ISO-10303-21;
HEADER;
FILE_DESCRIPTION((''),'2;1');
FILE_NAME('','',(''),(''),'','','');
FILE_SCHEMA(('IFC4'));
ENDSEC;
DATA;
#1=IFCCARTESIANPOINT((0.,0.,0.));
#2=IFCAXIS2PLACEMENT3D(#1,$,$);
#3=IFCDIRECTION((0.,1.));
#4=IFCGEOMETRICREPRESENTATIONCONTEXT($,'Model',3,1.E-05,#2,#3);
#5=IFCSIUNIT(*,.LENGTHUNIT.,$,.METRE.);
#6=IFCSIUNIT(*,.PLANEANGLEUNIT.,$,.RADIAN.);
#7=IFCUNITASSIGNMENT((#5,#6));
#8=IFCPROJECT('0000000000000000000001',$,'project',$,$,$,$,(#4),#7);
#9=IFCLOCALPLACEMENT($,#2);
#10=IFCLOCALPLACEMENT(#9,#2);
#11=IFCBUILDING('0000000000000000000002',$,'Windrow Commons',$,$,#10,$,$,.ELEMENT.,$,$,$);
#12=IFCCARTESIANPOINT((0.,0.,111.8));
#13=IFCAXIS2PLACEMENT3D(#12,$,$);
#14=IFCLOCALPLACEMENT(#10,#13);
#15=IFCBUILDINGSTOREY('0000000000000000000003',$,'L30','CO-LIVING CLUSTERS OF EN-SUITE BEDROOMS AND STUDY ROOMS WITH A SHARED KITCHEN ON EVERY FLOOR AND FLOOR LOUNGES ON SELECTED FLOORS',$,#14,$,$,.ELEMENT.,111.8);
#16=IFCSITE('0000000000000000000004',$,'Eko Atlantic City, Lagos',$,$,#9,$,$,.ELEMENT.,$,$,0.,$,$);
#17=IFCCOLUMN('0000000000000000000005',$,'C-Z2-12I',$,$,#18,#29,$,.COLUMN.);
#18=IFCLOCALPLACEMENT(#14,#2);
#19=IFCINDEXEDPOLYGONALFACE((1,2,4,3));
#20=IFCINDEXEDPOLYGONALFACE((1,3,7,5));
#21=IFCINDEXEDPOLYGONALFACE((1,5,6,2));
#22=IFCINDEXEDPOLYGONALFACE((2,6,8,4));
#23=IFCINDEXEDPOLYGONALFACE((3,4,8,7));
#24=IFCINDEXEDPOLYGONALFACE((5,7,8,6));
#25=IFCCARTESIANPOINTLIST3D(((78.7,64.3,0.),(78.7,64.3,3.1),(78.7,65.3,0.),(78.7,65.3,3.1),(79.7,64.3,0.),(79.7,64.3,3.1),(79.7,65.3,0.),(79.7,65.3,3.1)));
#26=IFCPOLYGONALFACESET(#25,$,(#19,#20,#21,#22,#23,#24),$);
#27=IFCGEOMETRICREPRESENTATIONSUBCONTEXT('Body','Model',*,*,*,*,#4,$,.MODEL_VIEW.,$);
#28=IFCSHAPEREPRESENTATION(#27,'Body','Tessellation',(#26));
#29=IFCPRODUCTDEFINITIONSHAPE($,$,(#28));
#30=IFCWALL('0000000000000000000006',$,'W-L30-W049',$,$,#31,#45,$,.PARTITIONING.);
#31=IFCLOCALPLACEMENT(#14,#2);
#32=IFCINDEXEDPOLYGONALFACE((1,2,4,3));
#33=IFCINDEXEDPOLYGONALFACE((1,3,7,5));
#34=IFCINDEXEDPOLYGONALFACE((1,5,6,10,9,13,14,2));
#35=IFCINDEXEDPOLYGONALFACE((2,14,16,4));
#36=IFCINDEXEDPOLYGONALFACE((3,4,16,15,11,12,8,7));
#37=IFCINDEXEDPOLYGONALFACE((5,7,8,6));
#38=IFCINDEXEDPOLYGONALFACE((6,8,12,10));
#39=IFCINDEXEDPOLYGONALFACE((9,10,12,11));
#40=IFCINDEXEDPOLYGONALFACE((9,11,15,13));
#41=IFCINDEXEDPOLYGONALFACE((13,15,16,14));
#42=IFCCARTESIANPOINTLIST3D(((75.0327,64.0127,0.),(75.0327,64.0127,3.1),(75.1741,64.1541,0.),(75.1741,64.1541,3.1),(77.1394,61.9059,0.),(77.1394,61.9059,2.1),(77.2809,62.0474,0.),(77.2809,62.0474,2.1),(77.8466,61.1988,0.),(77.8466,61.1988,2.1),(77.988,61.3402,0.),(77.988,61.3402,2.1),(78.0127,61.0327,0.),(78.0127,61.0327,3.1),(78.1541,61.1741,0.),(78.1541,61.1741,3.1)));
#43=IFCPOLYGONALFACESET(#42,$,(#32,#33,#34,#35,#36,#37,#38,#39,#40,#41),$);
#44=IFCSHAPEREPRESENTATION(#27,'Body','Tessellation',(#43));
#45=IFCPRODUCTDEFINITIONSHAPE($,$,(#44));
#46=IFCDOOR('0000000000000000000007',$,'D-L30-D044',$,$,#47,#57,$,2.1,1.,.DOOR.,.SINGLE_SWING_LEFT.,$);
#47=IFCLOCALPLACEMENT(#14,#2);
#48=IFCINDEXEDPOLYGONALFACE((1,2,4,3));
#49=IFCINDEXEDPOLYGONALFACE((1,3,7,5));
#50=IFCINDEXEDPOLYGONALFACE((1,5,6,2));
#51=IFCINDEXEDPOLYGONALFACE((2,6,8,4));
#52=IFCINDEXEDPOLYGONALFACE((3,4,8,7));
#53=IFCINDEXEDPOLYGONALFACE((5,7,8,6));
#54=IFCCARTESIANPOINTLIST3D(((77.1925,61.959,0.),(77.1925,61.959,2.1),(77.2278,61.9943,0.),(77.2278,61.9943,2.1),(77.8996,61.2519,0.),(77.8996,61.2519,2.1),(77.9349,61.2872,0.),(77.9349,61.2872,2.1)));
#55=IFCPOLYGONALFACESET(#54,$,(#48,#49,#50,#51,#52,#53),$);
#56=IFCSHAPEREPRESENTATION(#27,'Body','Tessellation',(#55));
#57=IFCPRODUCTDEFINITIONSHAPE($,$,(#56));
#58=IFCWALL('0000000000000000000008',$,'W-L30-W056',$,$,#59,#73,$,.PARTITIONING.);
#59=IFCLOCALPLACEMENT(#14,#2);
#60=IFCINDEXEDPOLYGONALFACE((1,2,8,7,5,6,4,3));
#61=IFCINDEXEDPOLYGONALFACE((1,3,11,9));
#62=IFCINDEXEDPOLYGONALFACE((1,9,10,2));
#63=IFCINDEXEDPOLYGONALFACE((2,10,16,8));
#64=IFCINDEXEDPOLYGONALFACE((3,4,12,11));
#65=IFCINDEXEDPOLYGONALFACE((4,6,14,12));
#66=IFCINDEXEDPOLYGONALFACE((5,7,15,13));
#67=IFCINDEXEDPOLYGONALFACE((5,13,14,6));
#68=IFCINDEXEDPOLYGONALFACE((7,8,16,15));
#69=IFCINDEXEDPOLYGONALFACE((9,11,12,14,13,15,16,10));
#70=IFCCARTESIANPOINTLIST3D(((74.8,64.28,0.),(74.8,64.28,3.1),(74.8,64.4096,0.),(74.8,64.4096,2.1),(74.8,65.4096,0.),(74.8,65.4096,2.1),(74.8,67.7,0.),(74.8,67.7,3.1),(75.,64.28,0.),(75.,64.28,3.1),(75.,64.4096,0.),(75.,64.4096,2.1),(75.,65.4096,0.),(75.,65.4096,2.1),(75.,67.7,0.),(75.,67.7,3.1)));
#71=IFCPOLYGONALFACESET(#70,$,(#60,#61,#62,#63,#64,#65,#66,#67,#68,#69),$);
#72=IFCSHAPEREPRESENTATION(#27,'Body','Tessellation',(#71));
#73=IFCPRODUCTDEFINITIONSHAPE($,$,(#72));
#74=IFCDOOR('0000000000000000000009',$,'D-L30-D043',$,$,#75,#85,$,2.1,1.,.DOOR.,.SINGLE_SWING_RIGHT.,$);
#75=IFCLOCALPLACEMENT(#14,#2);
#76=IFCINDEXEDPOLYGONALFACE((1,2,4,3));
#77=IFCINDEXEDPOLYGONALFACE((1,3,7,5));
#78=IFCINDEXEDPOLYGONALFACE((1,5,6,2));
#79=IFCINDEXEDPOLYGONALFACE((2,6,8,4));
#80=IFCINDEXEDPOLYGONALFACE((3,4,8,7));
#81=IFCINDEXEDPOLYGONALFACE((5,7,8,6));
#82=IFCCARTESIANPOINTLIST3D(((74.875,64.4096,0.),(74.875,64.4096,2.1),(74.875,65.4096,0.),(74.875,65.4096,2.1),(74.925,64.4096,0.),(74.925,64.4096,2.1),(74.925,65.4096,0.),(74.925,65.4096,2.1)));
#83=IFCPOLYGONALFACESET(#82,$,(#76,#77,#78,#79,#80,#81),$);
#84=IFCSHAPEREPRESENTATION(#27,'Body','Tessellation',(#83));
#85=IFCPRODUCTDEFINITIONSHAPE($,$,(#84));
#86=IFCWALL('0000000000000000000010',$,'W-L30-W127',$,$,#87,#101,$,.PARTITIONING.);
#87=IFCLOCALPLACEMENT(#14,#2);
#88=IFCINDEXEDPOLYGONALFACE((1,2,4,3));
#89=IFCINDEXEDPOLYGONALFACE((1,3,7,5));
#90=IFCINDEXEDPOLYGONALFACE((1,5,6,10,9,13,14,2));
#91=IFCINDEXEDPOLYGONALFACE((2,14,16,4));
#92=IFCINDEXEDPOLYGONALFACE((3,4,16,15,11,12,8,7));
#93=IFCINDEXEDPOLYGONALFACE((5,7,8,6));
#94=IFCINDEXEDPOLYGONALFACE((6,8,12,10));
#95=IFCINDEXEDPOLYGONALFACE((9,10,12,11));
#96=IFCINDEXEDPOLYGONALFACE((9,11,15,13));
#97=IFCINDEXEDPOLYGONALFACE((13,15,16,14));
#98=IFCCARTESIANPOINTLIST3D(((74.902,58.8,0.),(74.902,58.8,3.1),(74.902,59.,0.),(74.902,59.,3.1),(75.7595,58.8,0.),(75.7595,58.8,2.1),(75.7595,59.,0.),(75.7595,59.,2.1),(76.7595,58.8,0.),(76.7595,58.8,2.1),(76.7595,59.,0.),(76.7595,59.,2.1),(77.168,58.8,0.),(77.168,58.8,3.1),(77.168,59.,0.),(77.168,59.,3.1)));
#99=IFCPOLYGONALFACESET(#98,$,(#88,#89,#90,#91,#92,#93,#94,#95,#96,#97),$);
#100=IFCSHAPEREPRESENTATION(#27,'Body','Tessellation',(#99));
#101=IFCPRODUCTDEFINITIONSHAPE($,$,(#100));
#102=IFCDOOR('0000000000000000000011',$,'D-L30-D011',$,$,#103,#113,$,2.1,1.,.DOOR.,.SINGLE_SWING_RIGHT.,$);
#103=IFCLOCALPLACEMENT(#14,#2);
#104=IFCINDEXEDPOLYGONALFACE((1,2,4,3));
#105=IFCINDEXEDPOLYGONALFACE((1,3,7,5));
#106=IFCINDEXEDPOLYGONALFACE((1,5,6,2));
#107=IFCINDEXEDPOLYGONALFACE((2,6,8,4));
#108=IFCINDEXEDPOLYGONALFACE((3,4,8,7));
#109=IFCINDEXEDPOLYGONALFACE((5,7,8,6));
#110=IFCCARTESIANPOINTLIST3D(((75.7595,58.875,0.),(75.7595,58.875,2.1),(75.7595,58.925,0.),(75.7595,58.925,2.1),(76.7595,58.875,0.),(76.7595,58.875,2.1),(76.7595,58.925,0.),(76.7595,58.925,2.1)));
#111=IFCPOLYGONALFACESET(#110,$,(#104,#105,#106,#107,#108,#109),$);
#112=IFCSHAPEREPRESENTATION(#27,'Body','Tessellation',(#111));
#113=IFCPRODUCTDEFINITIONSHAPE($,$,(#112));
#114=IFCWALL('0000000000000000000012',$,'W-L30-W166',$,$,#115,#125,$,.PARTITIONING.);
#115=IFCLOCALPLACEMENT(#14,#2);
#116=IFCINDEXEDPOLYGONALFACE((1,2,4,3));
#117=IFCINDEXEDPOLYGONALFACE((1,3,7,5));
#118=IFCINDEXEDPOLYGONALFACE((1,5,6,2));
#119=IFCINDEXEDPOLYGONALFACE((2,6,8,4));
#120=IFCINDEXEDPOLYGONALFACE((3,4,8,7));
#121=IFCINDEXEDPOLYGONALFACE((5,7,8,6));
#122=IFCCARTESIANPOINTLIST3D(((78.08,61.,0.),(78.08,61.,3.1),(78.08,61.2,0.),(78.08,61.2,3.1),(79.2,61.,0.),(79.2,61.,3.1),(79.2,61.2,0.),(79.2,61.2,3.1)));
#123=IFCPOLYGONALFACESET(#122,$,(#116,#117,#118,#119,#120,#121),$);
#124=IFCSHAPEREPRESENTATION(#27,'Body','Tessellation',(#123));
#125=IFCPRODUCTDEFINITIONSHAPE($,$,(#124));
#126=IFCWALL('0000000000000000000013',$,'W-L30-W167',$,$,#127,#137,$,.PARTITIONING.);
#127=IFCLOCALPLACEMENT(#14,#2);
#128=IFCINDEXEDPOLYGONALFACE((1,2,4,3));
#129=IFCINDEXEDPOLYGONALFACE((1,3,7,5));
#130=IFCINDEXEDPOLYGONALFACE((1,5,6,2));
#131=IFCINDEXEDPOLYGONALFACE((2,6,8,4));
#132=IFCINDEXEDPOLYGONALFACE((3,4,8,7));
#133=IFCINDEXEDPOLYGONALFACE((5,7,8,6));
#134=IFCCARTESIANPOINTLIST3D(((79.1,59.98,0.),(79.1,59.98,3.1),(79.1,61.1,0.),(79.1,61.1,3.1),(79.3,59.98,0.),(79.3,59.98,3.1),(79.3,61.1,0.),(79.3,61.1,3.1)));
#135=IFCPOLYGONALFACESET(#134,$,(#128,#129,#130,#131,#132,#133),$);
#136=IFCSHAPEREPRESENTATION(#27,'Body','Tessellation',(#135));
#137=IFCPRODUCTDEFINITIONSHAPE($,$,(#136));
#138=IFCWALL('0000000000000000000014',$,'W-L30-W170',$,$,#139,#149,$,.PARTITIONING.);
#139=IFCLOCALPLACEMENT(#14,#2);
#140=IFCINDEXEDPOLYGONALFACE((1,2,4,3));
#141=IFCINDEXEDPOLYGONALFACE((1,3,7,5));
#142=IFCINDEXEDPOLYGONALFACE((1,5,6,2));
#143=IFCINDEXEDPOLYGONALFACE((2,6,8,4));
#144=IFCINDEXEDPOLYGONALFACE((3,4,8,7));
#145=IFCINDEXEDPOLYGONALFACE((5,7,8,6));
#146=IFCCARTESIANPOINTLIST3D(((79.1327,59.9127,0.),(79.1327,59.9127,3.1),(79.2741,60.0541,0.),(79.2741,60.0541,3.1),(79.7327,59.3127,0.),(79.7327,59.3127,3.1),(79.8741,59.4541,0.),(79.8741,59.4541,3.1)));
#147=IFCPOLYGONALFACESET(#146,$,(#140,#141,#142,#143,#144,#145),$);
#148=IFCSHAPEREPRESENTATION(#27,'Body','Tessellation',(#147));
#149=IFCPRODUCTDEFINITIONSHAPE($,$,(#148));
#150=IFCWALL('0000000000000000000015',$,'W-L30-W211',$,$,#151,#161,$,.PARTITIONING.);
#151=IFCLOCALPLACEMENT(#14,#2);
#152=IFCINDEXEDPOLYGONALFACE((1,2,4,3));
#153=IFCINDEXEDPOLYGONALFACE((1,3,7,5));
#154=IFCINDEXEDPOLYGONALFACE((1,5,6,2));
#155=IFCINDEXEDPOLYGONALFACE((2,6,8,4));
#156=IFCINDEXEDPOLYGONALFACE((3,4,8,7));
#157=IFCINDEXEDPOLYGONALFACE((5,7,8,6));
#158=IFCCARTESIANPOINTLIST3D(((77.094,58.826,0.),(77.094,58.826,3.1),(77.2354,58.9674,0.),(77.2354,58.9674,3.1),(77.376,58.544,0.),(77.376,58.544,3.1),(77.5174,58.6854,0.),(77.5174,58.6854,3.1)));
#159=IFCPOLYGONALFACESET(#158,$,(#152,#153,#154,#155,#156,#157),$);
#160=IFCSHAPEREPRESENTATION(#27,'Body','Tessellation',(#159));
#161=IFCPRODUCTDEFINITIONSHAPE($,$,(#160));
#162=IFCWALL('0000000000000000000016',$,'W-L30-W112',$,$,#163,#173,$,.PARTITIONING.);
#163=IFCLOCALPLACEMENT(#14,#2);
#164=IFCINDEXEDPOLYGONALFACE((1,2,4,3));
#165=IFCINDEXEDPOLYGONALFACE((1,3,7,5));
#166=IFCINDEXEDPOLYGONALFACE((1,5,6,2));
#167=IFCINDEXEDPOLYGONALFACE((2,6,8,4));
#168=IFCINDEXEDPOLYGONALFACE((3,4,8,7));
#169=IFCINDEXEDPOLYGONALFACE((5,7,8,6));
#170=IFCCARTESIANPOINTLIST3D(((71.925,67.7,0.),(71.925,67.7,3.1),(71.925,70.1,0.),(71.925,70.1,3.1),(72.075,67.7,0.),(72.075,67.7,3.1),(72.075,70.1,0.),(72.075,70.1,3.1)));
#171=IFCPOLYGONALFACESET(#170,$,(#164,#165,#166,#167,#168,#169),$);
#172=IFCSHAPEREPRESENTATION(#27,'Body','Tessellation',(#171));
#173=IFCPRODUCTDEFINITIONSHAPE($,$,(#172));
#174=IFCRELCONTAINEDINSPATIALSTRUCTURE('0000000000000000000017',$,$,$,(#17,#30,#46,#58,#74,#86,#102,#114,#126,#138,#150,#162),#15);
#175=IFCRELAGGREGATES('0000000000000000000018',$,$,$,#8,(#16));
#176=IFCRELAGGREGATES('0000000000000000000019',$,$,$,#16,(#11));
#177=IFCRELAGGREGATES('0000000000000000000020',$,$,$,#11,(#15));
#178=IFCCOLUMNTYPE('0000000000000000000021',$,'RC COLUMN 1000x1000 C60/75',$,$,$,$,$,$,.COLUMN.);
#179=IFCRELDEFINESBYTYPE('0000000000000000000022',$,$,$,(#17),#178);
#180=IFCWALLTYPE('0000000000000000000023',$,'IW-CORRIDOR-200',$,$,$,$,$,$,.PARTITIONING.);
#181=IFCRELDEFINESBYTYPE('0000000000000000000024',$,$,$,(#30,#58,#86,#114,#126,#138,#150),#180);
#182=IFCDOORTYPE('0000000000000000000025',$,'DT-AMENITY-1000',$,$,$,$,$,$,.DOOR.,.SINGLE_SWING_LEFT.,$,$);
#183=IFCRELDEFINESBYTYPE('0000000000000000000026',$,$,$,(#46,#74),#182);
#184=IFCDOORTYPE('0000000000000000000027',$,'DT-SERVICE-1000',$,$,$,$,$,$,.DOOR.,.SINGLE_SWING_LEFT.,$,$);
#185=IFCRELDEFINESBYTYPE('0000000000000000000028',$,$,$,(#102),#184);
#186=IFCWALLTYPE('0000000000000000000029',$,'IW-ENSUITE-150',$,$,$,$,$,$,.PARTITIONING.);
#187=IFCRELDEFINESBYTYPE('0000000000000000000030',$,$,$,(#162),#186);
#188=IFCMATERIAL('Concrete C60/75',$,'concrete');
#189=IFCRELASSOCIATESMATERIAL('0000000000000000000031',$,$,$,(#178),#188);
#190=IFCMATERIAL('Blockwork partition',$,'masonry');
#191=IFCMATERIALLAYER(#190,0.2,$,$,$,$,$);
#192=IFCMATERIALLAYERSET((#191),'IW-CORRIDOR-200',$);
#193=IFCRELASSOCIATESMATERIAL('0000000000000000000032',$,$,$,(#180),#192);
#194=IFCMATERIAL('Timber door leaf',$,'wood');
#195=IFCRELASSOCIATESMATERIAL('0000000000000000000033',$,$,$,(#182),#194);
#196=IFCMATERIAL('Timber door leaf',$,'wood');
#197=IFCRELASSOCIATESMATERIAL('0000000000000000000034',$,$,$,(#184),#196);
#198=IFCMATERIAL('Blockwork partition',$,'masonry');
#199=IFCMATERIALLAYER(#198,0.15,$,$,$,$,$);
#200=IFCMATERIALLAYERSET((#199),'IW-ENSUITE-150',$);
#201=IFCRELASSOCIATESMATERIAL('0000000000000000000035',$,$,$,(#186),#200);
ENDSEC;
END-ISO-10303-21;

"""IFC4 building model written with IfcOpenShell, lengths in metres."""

from ifc_helpers import new_model, si_unit, direction, frame, frame_2d, origin, origin_2d, place, context, subcontext, project, spatial, rectangle, extrude, material, layer, layer_set, material_profile, profile_set, type_object, element, fill, save


model = new_model("IFC4")

# Units and contexts
model_context = context("Model", 3, precision=1e-05, world=origin(), true_north=direction((0.0, 1.0)))
body_context = subcontext(model_context, "Body", "Model", "MODEL_VIEW")
ifc_project = project(units=[si_unit("LENGTHUNIT", "METRE"), si_unit("PLANEANGLEUNIT", "RADIAN")], contexts=[model_context])

# Site, building, storey
site_placement = place(None, origin())
site = spatial("IfcSite", under=ifc_project, at=site_placement, Name="Eko Atlantic City, Lagos", CompositionType="ELEMENT", RefElevation=0.0)
building_placement = place(site_placement, origin())
building = spatial("IfcBuilding", under=site, at=building_placement, Name="Windrow Commons", CompositionType="ELEMENT")
storey_placement = place(building_placement, frame((0.0, 0.0, 111.8)))
storey = spatial("IfcBuildingStorey", under=building, at=storey_placement, Name="L30", Description="CO-LIVING CLUSTERS OF EN-SUITE BEDROOMS AND STUDY ROOMS WITH A SHARED KITCHEN ON EVERY FLOOR AND FLOOR LOUNGES ON SELECTED FLOORS", CompositionType="ELEMENT", Elevation=111.8)

# Column
ifc_material_1 = material(Name="Concrete C60/75", Category="concrete")
ifc_material_profile = material_profile(ifc_material_1, rectangle(XDim=1.0, YDim=1.0, at=origin_2d()))
ifc_profile_set = profile_set([ifc_material_profile], Name="Concrete C60/75")
column_type = type_object("IfcColumnType", Name="RC COLUMN 1000x1000 C60/75", PredefinedType="COLUMN", material=ifc_profile_set)
column_placement = place(storey_placement, frame((79.2, 64.8, 0.0), z_axis=(0.0, 0.0, 1.0), x_axis=(1.0, 0.0, 0.0)))
element("IfcColumn", 1, at=column_placement, inside=storey, type_object=column_type, Name="C-Z2-12I", PredefinedType="COLUMN", context=body_context, shape_type="SweptSolid", body=[
    extrude(rectangle(XDim=1.0, YDim=1.0, at=origin_2d()), origin(), (0.0, 0.0, 1.0), 3.1),
])

# Walls, openings, doors
ifc_material_2 = material(Name="Blockwork partition", Category="masonry")
ifc_layer_1 = layer(ifc_material_2, 0.2)
ifc_layer_set_1 = layer_set([ifc_layer_1], Name="IW-CORRIDOR-200")
wall_type_1 = type_object("IfcWallType", Name="IW-CORRIDOR-200", PredefinedType="PARTITIONING", material=ifc_layer_set_1)
wall_1_placement = place(storey_placement, frame((75.1034, 64.0834, 0.0), z_axis=(0.0, 0.0, 1.0), x_axis=(0.707107, -0.707107, 0.0)))
wall_1 = element("IfcWall", 2, at=wall_1_placement, inside=storey, type_object=wall_type_1, Name="W-L30-W049", PredefinedType="PARTITIONING", context=body_context, shape_type="SweptSolid", body=[
    extrude(rectangle(XDim=4.2144, YDim=0.2, at=frame_2d((2.1072, 0.0))), origin(), (0.0, 0.0, 1.0), 3.1),
])
opening_1_placement = place(wall_1_placement, frame((2.9794, 0.0, 0.0)))
opening_1 = element("IfcOpeningElement", 3, at=opening_1_placement, cuts=wall_1, PredefinedType="OPENING", context=body_context, shape_type="SweptSolid", body=[
    extrude(rectangle(XDim=1.0, YDim=2.1, at=frame_2d((0.5, 1.05))), frame((0.0, 0.11, 0.0), z_axis=(0.0, -1.0, 0.0), x_axis=(1.0, 0.0, 0.0)), (0.0, 0.0, 1.0), 0.22),
])
ifc_material_3 = material(Name="Timber door leaf", Category="wood")
door_type_1 = type_object("IfcDoorType", Name="DT-AMENITY-1000", OperationType="SINGLE_SWING_LEFT", PredefinedType="DOOR", material=ifc_material_3)
door_1_placement = place(opening_1_placement, origin())
door_1 = element("IfcDoor", 4, at=door_1_placement, inside=storey, type_object=door_type_1, Name="D-L30-D044", OperationType="SINGLE_SWING_LEFT", OverallHeight=2.1, OverallWidth=1.0, PredefinedType="DOOR", context=body_context, shape_type="SweptSolid", body=[
    extrude(rectangle(XDim=1.0, YDim=2.1, at=frame_2d((0.5, 1.05))), frame((0.0, 0.025, 0.0), z_axis=(0.0, -1.0, 0.0), x_axis=(1.0, 0.0, 0.0)), (0.0, 0.0, 1.0), 0.05),
])
fill(opening_1, door_1)
wall_2_placement = place(storey_placement, frame((74.9, 64.28, 0.0), z_axis=(0.0, 0.0, 1.0), x_axis=(0.0, 1.0, 0.0)))
wall_2 = element("IfcWall", 5, at=wall_2_placement, inside=storey, type_object=wall_type_1, Name="W-L30-W056", PredefinedType="PARTITIONING", context=body_context, shape_type="SweptSolid", body=[
    extrude(rectangle(XDim=3.42, YDim=0.2, at=frame_2d((1.71, 0.0))), origin(), (0.0, 0.0, 1.0), 3.1),
])
opening_2_placement = place(wall_2_placement, frame((0.1296, 0.0, 0.0)))
opening_2 = element("IfcOpeningElement", 6, at=opening_2_placement, cuts=wall_2, PredefinedType="OPENING", context=body_context, shape_type="SweptSolid", body=[
    extrude(rectangle(XDim=1.0, YDim=2.1, at=frame_2d((0.5, 1.05))), frame((0.0, 0.11, 0.0), z_axis=(0.0, -1.0, 0.0), x_axis=(1.0, 0.0, 0.0)), (0.0, 0.0, 1.0), 0.22),
])
door_2_placement = place(opening_2_placement, origin())
door_2 = element("IfcDoor", 7, at=door_2_placement, inside=storey, type_object=door_type_1, Name="D-L30-D043", OperationType="SINGLE_SWING_RIGHT", OverallHeight=2.1, OverallWidth=1.0, PredefinedType="DOOR", context=body_context, shape_type="SweptSolid", body=[
    extrude(rectangle(XDim=1.0, YDim=2.1, at=frame_2d((0.5, 1.05))), frame((0.0, 0.025, 0.0), z_axis=(0.0, -1.0, 0.0), x_axis=(1.0, 0.0, 0.0)), (0.0, 0.0, 1.0), 0.05),
])
fill(opening_2, door_2)
wall_3_placement = place(storey_placement, frame((74.902, 58.9, 0.0), z_axis=(0.0, 0.0, 1.0), x_axis=(1.0, 0.0, 0.0)))
wall_3 = element("IfcWall", 8, at=wall_3_placement, inside=storey, type_object=wall_type_1, Name="W-L30-W127", PredefinedType="PARTITIONING", context=body_context, shape_type="SweptSolid", body=[
    extrude(rectangle(XDim=2.266, YDim=0.2, at=frame_2d((1.133, 0.0))), origin(), (0.0, 0.0, 1.0), 3.1),
])
opening_3_placement = place(wall_3_placement, frame((0.8575, 0.0, 0.0)))
opening_3 = element("IfcOpeningElement", 9, at=opening_3_placement, cuts=wall_3, PredefinedType="OPENING", context=body_context, shape_type="SweptSolid", body=[
    extrude(rectangle(XDim=1.0, YDim=2.1, at=frame_2d((0.5, 1.05))), frame((0.0, 0.11, 0.0), z_axis=(0.0, -1.0, 0.0), x_axis=(1.0, 0.0, 0.0)), (0.0, 0.0, 1.0), 0.22),
])
ifc_material_4 = material(Name="Timber door leaf", Category="wood")
door_type_2 = type_object("IfcDoorType", Name="DT-SERVICE-1000", OperationType="SINGLE_SWING_LEFT", PredefinedType="DOOR", material=ifc_material_4)
door_3_placement = place(opening_3_placement, origin())
door_3 = element("IfcDoor", 10, at=door_3_placement, inside=storey, type_object=door_type_2, Name="D-L30-D011", OperationType="SINGLE_SWING_RIGHT", OverallHeight=2.1, OverallWidth=1.0, PredefinedType="DOOR", context=body_context, shape_type="SweptSolid", body=[
    extrude(rectangle(XDim=1.0, YDim=2.1, at=frame_2d((0.5, 1.05))), frame((0.0, 0.025, 0.0), z_axis=(0.0, -1.0, 0.0), x_axis=(1.0, 0.0, 0.0)), (0.0, 0.0, 1.0), 0.05),
])
fill(opening_3, door_3)

# Walls
for number, where, z_axis, x_axis, name in (
    (11, (78.08, 61.1, 0.0), (0.0, 0.0, 1.0), (1.0, 0.0, 0.0), "W-L30-W166"),
    (12, (79.2, 59.98, 0.0), (0.0, 0.0, 1.0), (0.0, 1.0, 0.0), "W-L30-W167"),
):
    element("IfcWall", number, at=place(storey_placement, frame(where, z_axis=z_axis, x_axis=x_axis)), inside=storey, type_object=wall_type_1, Name=name, PredefinedType="PARTITIONING", context=body_context, shape_type="SweptSolid", body=[
        extrude(rectangle(XDim=1.12, YDim=0.2, at=frame_2d((0.56, 0.0))), origin(), (0.0, 0.0, 1.0), 3.1),
    ])
wall_4_placement = place(storey_placement, frame((79.2034, 59.9834, 0.0), z_axis=(0.0, 0.0, 1.0), x_axis=(0.707107, -0.707107, 0.0)))
element("IfcWall", 13, at=wall_4_placement, inside=storey, type_object=wall_type_1, Name="W-L30-W170", PredefinedType="PARTITIONING", context=body_context, shape_type="SweptSolid", body=[
    extrude(rectangle(XDim=0.8485, YDim=0.2, at=frame_2d((0.4243, 0.0))), origin(), (0.0, 0.0, 1.0), 3.1),
])
wall_5_placement = place(storey_placement, frame((77.1647, 58.8967, 0.0), z_axis=(0.0, 0.0, 1.0), x_axis=(0.707107, -0.707107, 0.0)))
element("IfcWall", 14, at=wall_5_placement, inside=storey, type_object=wall_type_1, Name="W-L30-W211", PredefinedType="PARTITIONING", context=body_context, shape_type="SweptSolid", body=[
    extrude(rectangle(XDim=0.3988, YDim=0.2, at=frame_2d((0.1994, 0.0))), origin(), (0.0, 0.0, 1.0), 3.1),
])
ifc_material_5 = material(Name="Blockwork partition", Category="masonry")
ifc_layer_2 = layer(ifc_material_5, 0.15)
ifc_layer_set_2 = layer_set([ifc_layer_2], Name="IW-ENSUITE-150")
wall_type_2 = type_object("IfcWallType", Name="IW-ENSUITE-150", PredefinedType="PARTITIONING", material=ifc_layer_set_2)
wall_6_placement = place(storey_placement, frame((72.0, 67.7, 0.0), z_axis=(0.0, 0.0, 1.0), x_axis=(0.0, 1.0, 0.0)))
element("IfcWall", 15, at=wall_6_placement, inside=storey, type_object=wall_type_2, Name="W-L30-W112", PredefinedType="PARTITIONING", context=body_context, shape_type="SweptSolid", body=[
    extrude(rectangle(XDim=2.4, YDim=0.15, at=frame_2d((1.2, 0.0))), origin(), (0.0, 0.0, 1.0), 3.1),
])

save(model, "model.ifc")
